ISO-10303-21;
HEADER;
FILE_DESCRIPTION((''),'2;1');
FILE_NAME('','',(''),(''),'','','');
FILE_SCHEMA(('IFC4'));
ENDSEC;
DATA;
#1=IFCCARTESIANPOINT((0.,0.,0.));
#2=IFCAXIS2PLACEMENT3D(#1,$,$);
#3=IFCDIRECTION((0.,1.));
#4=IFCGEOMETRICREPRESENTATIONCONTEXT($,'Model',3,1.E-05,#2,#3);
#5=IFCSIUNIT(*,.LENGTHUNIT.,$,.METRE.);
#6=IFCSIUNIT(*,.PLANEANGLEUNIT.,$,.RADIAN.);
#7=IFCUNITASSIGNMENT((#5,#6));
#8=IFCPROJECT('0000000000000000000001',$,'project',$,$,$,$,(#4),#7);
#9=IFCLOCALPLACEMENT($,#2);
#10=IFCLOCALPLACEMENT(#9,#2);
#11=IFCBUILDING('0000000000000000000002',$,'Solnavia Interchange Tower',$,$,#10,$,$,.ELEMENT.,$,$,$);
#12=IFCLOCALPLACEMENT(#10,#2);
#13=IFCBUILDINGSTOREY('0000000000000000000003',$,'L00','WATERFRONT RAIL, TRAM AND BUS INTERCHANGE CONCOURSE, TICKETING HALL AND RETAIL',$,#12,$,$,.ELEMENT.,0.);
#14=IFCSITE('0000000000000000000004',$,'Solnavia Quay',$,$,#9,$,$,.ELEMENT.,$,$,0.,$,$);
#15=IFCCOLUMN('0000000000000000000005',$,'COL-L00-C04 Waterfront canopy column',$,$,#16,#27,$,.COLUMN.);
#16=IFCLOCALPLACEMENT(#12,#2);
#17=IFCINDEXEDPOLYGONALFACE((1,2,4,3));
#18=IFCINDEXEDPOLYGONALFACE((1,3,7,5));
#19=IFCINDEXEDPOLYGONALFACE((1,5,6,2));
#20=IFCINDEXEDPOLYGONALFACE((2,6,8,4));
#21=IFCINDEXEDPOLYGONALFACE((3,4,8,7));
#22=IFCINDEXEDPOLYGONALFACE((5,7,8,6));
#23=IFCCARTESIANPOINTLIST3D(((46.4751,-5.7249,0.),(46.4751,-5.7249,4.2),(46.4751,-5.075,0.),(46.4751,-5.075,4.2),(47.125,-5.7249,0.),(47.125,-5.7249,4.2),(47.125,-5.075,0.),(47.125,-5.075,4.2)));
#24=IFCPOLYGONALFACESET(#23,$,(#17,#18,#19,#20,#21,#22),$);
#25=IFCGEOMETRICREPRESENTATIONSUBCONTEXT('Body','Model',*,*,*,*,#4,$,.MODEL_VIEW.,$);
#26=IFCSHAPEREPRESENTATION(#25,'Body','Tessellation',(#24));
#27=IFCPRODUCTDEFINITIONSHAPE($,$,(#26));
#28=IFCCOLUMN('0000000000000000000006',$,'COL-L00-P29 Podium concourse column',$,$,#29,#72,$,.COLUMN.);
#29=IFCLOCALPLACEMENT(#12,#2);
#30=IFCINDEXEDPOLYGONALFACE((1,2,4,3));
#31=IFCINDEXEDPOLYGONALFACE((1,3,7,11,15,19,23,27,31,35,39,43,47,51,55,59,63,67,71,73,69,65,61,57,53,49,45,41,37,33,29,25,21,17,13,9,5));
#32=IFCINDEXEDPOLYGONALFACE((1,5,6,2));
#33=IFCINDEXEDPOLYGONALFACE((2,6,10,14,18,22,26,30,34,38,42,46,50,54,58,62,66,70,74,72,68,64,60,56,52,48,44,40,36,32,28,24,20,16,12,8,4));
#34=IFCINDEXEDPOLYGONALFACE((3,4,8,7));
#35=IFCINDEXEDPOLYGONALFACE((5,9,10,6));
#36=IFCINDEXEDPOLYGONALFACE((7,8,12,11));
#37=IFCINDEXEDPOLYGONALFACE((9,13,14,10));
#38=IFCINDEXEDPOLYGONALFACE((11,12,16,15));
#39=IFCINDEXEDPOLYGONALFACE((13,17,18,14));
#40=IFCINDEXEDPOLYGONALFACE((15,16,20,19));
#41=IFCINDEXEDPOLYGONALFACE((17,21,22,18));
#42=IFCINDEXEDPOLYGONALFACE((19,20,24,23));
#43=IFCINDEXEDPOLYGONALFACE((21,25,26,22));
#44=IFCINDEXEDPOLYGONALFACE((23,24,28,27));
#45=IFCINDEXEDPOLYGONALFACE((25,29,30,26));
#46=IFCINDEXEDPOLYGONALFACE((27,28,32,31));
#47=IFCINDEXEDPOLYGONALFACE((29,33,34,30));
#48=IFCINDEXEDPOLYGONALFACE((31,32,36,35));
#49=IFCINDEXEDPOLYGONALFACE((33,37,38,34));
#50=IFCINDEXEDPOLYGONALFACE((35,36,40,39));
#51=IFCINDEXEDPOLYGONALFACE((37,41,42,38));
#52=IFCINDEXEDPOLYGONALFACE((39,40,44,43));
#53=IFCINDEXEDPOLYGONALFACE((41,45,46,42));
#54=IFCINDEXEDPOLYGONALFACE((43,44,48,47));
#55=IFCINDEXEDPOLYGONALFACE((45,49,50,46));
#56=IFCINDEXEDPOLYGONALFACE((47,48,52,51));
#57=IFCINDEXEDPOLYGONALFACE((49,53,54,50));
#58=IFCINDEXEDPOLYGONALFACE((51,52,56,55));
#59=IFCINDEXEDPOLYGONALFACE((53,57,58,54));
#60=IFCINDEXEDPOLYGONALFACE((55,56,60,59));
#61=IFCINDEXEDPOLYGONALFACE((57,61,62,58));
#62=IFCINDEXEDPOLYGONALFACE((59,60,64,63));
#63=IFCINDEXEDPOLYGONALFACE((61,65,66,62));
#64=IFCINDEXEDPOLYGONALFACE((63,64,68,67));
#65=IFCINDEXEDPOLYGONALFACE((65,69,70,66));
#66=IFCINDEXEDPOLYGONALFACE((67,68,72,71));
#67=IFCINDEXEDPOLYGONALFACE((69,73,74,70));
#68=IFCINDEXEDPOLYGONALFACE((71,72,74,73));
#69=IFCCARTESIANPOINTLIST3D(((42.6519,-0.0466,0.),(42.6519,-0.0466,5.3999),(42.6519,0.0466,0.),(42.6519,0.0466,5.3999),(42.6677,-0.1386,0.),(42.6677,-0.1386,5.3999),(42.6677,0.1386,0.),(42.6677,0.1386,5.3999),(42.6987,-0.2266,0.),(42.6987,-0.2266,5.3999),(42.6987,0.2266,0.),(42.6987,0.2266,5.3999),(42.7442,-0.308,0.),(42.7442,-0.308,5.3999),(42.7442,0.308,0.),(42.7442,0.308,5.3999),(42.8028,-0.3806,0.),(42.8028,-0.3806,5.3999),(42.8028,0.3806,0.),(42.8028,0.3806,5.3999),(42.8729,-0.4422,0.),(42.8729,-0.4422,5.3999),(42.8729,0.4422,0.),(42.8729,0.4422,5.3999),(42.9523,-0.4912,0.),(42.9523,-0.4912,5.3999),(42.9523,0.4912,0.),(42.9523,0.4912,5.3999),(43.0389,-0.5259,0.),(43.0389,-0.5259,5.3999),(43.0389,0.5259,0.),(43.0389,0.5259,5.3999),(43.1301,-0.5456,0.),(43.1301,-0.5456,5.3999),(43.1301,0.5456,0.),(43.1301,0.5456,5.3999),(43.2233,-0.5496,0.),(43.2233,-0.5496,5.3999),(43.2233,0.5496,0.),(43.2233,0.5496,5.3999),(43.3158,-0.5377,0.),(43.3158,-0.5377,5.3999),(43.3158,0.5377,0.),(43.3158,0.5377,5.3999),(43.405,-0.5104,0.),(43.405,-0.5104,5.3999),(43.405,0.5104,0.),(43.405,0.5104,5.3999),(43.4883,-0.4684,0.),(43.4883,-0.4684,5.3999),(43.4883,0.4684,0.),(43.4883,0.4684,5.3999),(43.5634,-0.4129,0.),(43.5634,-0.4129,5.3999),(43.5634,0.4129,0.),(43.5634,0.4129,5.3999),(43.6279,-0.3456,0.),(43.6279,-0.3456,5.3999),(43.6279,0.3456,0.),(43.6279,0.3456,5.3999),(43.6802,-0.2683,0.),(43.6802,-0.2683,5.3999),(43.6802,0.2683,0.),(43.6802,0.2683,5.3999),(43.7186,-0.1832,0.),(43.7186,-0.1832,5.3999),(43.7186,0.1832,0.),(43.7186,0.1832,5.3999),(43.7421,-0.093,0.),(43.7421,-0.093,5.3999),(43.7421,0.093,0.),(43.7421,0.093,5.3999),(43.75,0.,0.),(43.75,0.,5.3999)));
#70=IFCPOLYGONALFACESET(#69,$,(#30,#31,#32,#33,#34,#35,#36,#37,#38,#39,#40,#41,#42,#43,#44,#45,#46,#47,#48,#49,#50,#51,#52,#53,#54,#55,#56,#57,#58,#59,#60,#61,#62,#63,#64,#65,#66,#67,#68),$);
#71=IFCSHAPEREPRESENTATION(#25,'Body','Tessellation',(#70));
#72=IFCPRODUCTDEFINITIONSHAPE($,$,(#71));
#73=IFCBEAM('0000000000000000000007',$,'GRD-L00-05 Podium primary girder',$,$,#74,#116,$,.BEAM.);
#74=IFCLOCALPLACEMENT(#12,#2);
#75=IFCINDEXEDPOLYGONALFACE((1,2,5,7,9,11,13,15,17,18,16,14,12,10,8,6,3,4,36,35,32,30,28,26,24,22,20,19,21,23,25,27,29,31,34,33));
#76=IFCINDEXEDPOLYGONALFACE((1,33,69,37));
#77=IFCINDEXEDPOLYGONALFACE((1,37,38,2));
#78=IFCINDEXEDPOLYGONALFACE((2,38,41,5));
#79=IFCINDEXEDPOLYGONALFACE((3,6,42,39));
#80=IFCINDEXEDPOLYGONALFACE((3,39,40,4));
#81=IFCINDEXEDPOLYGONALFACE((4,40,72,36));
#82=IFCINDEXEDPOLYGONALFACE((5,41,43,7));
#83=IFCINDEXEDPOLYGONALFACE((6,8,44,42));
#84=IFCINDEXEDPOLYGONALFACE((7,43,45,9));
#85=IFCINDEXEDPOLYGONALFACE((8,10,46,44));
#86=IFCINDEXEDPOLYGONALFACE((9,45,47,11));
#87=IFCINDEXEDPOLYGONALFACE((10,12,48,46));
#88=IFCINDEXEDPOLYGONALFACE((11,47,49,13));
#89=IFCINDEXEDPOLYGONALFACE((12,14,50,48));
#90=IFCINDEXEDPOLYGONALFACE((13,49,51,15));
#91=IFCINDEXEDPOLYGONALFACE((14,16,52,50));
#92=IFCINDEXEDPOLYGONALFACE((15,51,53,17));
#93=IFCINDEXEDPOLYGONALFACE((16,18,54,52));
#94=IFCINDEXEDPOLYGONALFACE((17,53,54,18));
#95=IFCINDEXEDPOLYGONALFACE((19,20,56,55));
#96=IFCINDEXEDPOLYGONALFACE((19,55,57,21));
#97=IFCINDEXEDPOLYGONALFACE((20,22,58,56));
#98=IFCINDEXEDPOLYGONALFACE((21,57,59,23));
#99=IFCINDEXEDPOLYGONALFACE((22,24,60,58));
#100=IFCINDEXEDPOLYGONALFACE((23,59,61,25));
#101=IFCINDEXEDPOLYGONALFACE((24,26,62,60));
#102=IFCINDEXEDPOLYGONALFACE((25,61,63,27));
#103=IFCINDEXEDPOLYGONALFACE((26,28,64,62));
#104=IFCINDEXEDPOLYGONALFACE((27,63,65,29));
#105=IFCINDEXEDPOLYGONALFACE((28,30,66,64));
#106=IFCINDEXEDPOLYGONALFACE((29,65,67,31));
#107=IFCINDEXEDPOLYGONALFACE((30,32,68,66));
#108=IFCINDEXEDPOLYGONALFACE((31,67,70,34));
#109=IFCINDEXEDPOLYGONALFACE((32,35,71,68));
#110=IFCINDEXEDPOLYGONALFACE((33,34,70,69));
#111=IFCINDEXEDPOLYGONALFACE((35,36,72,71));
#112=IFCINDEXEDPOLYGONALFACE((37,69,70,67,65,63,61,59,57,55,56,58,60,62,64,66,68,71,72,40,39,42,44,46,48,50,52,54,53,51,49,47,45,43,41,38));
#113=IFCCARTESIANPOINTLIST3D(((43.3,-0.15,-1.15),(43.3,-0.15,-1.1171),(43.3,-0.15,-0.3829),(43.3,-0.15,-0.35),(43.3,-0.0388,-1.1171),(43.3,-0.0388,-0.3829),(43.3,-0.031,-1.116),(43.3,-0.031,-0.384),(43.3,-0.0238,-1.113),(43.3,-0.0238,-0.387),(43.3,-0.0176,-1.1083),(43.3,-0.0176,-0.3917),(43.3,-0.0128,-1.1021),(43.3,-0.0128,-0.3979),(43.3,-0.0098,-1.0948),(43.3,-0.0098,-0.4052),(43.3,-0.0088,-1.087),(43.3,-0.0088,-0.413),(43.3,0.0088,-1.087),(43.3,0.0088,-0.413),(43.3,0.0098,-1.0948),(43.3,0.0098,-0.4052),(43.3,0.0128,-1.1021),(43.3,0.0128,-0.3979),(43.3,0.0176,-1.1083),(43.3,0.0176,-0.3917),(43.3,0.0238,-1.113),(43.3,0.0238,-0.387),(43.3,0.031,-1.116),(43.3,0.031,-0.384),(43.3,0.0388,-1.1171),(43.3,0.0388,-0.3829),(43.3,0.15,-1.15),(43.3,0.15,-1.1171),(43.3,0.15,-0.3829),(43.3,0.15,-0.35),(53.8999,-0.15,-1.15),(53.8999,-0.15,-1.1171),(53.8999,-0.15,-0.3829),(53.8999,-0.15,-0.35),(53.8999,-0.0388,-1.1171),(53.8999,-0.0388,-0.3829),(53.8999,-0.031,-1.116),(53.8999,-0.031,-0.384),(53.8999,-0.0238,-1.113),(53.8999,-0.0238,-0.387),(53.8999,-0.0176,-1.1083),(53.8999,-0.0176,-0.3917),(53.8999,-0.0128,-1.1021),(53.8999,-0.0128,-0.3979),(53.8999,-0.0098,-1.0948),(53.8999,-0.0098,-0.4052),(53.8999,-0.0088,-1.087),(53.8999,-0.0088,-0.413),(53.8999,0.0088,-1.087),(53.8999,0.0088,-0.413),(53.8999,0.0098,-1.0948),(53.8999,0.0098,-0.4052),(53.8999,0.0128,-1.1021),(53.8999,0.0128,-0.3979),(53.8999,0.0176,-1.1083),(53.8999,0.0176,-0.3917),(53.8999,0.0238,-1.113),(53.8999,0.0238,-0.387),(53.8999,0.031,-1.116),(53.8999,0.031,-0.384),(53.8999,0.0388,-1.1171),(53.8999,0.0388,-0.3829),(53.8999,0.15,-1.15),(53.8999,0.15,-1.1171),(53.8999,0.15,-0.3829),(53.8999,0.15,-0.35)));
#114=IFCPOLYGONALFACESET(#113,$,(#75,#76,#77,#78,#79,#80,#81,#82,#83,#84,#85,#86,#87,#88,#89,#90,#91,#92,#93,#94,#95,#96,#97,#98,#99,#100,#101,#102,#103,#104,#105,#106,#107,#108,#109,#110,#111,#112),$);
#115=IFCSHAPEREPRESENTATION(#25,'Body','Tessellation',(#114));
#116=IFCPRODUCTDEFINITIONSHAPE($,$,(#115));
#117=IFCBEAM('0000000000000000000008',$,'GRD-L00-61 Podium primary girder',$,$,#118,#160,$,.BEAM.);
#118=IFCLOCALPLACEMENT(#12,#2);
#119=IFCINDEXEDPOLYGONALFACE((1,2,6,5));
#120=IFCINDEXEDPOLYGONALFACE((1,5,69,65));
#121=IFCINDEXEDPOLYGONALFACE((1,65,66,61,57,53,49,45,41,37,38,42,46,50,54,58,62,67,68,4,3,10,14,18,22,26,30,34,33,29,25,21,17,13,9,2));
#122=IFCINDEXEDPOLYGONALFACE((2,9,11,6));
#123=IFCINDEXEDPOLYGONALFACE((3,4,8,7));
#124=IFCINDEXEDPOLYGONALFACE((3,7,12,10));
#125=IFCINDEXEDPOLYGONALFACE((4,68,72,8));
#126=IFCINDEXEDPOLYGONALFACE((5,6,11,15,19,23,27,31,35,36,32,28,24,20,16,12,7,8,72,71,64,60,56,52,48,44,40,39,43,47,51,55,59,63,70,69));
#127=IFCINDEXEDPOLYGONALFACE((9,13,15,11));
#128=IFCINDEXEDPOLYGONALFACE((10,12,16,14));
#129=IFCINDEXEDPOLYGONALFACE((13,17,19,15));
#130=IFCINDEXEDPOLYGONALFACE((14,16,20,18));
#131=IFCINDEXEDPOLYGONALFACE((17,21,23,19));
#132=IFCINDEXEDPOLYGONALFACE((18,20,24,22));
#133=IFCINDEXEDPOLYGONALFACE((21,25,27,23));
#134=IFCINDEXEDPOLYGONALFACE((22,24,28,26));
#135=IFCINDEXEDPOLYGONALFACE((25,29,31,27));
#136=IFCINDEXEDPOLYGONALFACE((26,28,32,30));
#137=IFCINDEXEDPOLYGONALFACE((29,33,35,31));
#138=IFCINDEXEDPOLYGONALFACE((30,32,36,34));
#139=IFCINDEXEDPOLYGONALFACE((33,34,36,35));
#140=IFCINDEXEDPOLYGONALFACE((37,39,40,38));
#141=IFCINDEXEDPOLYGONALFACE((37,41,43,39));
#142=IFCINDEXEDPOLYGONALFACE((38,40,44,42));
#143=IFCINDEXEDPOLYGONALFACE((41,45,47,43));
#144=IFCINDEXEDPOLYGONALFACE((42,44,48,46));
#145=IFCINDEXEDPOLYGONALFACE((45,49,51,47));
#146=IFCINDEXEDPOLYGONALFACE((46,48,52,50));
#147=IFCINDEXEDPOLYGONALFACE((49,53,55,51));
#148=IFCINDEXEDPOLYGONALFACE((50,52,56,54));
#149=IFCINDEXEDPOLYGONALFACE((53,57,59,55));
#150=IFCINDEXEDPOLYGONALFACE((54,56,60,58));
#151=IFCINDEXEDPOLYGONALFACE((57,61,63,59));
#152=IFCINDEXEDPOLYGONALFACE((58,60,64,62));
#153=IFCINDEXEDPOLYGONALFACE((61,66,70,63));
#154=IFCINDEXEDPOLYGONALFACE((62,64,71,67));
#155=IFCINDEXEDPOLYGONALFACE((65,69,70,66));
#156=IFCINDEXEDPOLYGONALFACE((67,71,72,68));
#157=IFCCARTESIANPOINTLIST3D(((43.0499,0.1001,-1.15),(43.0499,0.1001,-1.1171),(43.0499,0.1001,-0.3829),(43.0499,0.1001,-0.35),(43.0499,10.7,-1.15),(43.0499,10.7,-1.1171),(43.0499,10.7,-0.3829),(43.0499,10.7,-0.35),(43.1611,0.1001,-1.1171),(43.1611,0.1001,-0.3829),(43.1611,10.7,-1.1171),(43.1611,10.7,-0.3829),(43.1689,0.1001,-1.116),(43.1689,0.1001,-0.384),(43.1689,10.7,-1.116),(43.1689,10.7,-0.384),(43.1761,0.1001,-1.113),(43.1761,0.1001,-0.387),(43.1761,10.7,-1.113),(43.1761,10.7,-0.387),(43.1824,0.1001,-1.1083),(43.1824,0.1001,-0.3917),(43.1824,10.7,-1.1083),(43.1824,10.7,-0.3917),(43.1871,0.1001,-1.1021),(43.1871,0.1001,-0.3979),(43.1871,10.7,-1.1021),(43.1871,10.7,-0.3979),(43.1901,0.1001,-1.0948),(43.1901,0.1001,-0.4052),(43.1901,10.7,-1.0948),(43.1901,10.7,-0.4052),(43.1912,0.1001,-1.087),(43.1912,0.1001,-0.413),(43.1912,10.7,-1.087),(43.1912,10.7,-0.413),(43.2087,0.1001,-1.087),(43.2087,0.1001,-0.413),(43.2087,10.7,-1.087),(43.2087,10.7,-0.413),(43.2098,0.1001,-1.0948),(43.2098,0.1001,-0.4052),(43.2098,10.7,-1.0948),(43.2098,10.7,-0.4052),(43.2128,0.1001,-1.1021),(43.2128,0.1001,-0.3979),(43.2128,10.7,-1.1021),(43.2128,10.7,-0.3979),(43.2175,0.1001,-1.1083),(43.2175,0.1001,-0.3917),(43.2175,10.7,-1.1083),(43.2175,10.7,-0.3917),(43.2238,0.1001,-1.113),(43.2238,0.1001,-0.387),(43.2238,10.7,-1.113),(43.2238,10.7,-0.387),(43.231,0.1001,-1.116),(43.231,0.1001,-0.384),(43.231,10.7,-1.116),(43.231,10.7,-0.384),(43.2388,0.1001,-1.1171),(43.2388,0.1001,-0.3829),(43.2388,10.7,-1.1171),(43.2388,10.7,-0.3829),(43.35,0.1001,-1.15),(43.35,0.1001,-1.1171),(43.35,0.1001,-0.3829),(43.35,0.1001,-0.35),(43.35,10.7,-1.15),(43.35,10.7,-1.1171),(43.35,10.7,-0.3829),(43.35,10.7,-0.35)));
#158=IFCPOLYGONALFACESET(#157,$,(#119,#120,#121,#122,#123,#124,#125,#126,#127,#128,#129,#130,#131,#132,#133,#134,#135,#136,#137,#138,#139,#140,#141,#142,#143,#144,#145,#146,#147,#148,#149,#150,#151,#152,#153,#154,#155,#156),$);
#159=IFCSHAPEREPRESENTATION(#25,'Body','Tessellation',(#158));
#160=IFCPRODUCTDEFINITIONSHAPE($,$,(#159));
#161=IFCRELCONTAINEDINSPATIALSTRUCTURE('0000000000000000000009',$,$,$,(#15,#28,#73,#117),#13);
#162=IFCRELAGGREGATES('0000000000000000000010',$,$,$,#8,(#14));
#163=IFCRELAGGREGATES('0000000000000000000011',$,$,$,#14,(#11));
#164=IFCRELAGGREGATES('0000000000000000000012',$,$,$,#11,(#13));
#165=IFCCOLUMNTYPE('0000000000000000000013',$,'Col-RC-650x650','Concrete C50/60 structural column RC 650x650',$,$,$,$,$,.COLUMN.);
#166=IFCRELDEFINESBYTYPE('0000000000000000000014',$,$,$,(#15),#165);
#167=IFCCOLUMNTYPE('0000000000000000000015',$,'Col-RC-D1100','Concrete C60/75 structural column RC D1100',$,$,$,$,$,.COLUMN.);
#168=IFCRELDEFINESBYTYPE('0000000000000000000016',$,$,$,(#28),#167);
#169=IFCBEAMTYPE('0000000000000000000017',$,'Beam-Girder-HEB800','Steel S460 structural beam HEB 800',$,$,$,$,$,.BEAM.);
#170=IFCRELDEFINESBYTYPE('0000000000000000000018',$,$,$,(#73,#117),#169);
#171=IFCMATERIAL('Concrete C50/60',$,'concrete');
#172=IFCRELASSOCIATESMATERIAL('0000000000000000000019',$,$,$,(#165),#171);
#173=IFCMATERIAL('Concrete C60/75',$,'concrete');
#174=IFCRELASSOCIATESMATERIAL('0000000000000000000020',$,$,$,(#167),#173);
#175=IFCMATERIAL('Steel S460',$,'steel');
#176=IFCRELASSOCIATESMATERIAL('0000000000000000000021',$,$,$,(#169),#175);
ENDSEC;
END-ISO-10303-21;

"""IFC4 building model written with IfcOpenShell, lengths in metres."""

from ifc_helpers import new_model, si_unit, direction, frame, origin, origin_2d, place, context, subcontext, project, spatial, rectangle, circle, i_section, extrude, material, material_profile, profile_set, type_object, element, save


model = new_model("IFC4")

# Units and contexts
model_context = context("Model", 3, precision=1e-05, world=origin(), true_north=direction((0.0, 1.0)))
body_context = subcontext(model_context, "Body", "Model", "MODEL_VIEW")
ifc_project = project(units=[si_unit("LENGTHUNIT", "METRE"), si_unit("PLANEANGLEUNIT", "RADIAN")], contexts=[model_context])

# Site, building, storey
site_placement = place(None, origin())
site = spatial("IfcSite", under=ifc_project, at=site_placement, Name="Solnavia Quay", CompositionType="ELEMENT", RefElevation=0.0)
building_placement = place(site_placement, origin())
building = spatial("IfcBuilding", under=site, at=building_placement, Name="Solnavia Interchange Tower", CompositionType="ELEMENT")
storey_placement = place(building_placement, origin())
storey = spatial("IfcBuildingStorey", under=building, at=storey_placement, Name="L00", Description="WATERFRONT RAIL, TRAM AND BUS INTERCHANGE CONCOURSE, TICKETING HALL AND RETAIL", CompositionType="ELEMENT", Elevation=0.0)

# Columns
ifc_material_1 = material(Name="Concrete C50/60", Category="concrete")
ifc_material_profile_1 = material_profile(ifc_material_1, rectangle(XDim=0.6499, YDim=0.6499, at=origin_2d()), Name="RC 650x650")
ifc_profile_set_1 = profile_set([ifc_material_profile_1], Name="Concrete C50/60")
column_type_1 = type_object("IfcColumnType", Name="Col-RC-650x650", Description="Concrete C50/60 structural column RC 650x650", PredefinedType="COLUMN", material=ifc_profile_set_1)
column_1_placement = place(storey_placement, frame((46.8, -5.3999, 0.0), z_axis=(0.0, 0.0, 1.0), x_axis=(1.0, 0.0, 0.0)))
element("IfcColumn", 1, at=column_1_placement, inside=storey, type_object=column_type_1, Name="COL-L00-C04 Waterfront canopy column", PredefinedType="COLUMN", context=body_context, shape_type="SweptSolid", body=[
    extrude(rectangle(XDim=0.6499, YDim=0.6499, at=origin_2d()), origin(), (0.0, 0.0, 1.0), 4.2),
])
ifc_material_2 = material(Name="Concrete C60/75", Category="concrete")
ifc_material_profile_2 = material_profile(ifc_material_2, circle(Radius=0.55, at=origin_2d()), Name="RC D1100")
ifc_profile_set_2 = profile_set([ifc_material_profile_2], Name="Concrete C60/75")
column_type_2 = type_object("IfcColumnType", Name="Col-RC-D1100", Description="Concrete C60/75 structural column RC D1100", PredefinedType="COLUMN", material=ifc_profile_set_2)
column_2_placement = place(storey_placement, frame((43.2, 0.0, 0.0), z_axis=(0.0, 0.0, 1.0), x_axis=(1.0, 0.0, 0.0)))
element("IfcColumn", 2, at=column_2_placement, inside=storey, type_object=column_type_2, Name="COL-L00-P29 Podium concourse column", PredefinedType="COLUMN", context=body_context, shape_type="SweptSolid", body=[
    extrude(circle(Radius=0.55, at=origin_2d()), origin(), (0.0, 0.0, 1.0), 5.3999),
])

# Beams
ifc_material_3 = material(Name="Steel S460", Category="steel")
ifc_material_profile_3 = material_profile(ifc_material_3, i_section(OverallWidth=0.3, OverallDepth=0.8, WebThickness=0.0176, FlangeThickness=0.033, FilletRadius=0.03, at=origin_2d()), Name="HEB 800")
ifc_profile_set_3 = profile_set([ifc_material_profile_3], Name="Steel S460")
beam_type_1 = type_object("IfcBeamType", Name="Beam-Girder-HEB800", Description="Steel S460 structural beam HEB 800", PredefinedType="BEAM", material=ifc_profile_set_3)
for number, where, z_axis, x_axis, name in (
    (3, (43.3, 0.0, -0.75), (1.0, 0.0, 0.0), (0.0, 1.0, 0.0), "GRD-L00-05 Podium primary girder"),
    (4, (43.2, 0.1001, -0.75), (0.0, 1.0, 0.0), (-1.0, 0.0, 0.0), "GRD-L00-61 Podium primary girder"),
):
    element("IfcBeam", number, at=place(storey_placement, frame(where, z_axis=z_axis, x_axis=x_axis)), inside=storey, type_object=beam_type_1, Name=name, PredefinedType="BEAM", context=body_context, shape_type="SweptSolid", body=[
        extrude(i_section(OverallWidth=0.3, OverallDepth=0.8, WebThickness=0.0176, FlangeThickness=0.033, FilletRadius=0.03, at=origin_2d()), origin(), (0.0, 0.0, 1.0), 10.5999),
    ])

save(model, "model.ifc")
